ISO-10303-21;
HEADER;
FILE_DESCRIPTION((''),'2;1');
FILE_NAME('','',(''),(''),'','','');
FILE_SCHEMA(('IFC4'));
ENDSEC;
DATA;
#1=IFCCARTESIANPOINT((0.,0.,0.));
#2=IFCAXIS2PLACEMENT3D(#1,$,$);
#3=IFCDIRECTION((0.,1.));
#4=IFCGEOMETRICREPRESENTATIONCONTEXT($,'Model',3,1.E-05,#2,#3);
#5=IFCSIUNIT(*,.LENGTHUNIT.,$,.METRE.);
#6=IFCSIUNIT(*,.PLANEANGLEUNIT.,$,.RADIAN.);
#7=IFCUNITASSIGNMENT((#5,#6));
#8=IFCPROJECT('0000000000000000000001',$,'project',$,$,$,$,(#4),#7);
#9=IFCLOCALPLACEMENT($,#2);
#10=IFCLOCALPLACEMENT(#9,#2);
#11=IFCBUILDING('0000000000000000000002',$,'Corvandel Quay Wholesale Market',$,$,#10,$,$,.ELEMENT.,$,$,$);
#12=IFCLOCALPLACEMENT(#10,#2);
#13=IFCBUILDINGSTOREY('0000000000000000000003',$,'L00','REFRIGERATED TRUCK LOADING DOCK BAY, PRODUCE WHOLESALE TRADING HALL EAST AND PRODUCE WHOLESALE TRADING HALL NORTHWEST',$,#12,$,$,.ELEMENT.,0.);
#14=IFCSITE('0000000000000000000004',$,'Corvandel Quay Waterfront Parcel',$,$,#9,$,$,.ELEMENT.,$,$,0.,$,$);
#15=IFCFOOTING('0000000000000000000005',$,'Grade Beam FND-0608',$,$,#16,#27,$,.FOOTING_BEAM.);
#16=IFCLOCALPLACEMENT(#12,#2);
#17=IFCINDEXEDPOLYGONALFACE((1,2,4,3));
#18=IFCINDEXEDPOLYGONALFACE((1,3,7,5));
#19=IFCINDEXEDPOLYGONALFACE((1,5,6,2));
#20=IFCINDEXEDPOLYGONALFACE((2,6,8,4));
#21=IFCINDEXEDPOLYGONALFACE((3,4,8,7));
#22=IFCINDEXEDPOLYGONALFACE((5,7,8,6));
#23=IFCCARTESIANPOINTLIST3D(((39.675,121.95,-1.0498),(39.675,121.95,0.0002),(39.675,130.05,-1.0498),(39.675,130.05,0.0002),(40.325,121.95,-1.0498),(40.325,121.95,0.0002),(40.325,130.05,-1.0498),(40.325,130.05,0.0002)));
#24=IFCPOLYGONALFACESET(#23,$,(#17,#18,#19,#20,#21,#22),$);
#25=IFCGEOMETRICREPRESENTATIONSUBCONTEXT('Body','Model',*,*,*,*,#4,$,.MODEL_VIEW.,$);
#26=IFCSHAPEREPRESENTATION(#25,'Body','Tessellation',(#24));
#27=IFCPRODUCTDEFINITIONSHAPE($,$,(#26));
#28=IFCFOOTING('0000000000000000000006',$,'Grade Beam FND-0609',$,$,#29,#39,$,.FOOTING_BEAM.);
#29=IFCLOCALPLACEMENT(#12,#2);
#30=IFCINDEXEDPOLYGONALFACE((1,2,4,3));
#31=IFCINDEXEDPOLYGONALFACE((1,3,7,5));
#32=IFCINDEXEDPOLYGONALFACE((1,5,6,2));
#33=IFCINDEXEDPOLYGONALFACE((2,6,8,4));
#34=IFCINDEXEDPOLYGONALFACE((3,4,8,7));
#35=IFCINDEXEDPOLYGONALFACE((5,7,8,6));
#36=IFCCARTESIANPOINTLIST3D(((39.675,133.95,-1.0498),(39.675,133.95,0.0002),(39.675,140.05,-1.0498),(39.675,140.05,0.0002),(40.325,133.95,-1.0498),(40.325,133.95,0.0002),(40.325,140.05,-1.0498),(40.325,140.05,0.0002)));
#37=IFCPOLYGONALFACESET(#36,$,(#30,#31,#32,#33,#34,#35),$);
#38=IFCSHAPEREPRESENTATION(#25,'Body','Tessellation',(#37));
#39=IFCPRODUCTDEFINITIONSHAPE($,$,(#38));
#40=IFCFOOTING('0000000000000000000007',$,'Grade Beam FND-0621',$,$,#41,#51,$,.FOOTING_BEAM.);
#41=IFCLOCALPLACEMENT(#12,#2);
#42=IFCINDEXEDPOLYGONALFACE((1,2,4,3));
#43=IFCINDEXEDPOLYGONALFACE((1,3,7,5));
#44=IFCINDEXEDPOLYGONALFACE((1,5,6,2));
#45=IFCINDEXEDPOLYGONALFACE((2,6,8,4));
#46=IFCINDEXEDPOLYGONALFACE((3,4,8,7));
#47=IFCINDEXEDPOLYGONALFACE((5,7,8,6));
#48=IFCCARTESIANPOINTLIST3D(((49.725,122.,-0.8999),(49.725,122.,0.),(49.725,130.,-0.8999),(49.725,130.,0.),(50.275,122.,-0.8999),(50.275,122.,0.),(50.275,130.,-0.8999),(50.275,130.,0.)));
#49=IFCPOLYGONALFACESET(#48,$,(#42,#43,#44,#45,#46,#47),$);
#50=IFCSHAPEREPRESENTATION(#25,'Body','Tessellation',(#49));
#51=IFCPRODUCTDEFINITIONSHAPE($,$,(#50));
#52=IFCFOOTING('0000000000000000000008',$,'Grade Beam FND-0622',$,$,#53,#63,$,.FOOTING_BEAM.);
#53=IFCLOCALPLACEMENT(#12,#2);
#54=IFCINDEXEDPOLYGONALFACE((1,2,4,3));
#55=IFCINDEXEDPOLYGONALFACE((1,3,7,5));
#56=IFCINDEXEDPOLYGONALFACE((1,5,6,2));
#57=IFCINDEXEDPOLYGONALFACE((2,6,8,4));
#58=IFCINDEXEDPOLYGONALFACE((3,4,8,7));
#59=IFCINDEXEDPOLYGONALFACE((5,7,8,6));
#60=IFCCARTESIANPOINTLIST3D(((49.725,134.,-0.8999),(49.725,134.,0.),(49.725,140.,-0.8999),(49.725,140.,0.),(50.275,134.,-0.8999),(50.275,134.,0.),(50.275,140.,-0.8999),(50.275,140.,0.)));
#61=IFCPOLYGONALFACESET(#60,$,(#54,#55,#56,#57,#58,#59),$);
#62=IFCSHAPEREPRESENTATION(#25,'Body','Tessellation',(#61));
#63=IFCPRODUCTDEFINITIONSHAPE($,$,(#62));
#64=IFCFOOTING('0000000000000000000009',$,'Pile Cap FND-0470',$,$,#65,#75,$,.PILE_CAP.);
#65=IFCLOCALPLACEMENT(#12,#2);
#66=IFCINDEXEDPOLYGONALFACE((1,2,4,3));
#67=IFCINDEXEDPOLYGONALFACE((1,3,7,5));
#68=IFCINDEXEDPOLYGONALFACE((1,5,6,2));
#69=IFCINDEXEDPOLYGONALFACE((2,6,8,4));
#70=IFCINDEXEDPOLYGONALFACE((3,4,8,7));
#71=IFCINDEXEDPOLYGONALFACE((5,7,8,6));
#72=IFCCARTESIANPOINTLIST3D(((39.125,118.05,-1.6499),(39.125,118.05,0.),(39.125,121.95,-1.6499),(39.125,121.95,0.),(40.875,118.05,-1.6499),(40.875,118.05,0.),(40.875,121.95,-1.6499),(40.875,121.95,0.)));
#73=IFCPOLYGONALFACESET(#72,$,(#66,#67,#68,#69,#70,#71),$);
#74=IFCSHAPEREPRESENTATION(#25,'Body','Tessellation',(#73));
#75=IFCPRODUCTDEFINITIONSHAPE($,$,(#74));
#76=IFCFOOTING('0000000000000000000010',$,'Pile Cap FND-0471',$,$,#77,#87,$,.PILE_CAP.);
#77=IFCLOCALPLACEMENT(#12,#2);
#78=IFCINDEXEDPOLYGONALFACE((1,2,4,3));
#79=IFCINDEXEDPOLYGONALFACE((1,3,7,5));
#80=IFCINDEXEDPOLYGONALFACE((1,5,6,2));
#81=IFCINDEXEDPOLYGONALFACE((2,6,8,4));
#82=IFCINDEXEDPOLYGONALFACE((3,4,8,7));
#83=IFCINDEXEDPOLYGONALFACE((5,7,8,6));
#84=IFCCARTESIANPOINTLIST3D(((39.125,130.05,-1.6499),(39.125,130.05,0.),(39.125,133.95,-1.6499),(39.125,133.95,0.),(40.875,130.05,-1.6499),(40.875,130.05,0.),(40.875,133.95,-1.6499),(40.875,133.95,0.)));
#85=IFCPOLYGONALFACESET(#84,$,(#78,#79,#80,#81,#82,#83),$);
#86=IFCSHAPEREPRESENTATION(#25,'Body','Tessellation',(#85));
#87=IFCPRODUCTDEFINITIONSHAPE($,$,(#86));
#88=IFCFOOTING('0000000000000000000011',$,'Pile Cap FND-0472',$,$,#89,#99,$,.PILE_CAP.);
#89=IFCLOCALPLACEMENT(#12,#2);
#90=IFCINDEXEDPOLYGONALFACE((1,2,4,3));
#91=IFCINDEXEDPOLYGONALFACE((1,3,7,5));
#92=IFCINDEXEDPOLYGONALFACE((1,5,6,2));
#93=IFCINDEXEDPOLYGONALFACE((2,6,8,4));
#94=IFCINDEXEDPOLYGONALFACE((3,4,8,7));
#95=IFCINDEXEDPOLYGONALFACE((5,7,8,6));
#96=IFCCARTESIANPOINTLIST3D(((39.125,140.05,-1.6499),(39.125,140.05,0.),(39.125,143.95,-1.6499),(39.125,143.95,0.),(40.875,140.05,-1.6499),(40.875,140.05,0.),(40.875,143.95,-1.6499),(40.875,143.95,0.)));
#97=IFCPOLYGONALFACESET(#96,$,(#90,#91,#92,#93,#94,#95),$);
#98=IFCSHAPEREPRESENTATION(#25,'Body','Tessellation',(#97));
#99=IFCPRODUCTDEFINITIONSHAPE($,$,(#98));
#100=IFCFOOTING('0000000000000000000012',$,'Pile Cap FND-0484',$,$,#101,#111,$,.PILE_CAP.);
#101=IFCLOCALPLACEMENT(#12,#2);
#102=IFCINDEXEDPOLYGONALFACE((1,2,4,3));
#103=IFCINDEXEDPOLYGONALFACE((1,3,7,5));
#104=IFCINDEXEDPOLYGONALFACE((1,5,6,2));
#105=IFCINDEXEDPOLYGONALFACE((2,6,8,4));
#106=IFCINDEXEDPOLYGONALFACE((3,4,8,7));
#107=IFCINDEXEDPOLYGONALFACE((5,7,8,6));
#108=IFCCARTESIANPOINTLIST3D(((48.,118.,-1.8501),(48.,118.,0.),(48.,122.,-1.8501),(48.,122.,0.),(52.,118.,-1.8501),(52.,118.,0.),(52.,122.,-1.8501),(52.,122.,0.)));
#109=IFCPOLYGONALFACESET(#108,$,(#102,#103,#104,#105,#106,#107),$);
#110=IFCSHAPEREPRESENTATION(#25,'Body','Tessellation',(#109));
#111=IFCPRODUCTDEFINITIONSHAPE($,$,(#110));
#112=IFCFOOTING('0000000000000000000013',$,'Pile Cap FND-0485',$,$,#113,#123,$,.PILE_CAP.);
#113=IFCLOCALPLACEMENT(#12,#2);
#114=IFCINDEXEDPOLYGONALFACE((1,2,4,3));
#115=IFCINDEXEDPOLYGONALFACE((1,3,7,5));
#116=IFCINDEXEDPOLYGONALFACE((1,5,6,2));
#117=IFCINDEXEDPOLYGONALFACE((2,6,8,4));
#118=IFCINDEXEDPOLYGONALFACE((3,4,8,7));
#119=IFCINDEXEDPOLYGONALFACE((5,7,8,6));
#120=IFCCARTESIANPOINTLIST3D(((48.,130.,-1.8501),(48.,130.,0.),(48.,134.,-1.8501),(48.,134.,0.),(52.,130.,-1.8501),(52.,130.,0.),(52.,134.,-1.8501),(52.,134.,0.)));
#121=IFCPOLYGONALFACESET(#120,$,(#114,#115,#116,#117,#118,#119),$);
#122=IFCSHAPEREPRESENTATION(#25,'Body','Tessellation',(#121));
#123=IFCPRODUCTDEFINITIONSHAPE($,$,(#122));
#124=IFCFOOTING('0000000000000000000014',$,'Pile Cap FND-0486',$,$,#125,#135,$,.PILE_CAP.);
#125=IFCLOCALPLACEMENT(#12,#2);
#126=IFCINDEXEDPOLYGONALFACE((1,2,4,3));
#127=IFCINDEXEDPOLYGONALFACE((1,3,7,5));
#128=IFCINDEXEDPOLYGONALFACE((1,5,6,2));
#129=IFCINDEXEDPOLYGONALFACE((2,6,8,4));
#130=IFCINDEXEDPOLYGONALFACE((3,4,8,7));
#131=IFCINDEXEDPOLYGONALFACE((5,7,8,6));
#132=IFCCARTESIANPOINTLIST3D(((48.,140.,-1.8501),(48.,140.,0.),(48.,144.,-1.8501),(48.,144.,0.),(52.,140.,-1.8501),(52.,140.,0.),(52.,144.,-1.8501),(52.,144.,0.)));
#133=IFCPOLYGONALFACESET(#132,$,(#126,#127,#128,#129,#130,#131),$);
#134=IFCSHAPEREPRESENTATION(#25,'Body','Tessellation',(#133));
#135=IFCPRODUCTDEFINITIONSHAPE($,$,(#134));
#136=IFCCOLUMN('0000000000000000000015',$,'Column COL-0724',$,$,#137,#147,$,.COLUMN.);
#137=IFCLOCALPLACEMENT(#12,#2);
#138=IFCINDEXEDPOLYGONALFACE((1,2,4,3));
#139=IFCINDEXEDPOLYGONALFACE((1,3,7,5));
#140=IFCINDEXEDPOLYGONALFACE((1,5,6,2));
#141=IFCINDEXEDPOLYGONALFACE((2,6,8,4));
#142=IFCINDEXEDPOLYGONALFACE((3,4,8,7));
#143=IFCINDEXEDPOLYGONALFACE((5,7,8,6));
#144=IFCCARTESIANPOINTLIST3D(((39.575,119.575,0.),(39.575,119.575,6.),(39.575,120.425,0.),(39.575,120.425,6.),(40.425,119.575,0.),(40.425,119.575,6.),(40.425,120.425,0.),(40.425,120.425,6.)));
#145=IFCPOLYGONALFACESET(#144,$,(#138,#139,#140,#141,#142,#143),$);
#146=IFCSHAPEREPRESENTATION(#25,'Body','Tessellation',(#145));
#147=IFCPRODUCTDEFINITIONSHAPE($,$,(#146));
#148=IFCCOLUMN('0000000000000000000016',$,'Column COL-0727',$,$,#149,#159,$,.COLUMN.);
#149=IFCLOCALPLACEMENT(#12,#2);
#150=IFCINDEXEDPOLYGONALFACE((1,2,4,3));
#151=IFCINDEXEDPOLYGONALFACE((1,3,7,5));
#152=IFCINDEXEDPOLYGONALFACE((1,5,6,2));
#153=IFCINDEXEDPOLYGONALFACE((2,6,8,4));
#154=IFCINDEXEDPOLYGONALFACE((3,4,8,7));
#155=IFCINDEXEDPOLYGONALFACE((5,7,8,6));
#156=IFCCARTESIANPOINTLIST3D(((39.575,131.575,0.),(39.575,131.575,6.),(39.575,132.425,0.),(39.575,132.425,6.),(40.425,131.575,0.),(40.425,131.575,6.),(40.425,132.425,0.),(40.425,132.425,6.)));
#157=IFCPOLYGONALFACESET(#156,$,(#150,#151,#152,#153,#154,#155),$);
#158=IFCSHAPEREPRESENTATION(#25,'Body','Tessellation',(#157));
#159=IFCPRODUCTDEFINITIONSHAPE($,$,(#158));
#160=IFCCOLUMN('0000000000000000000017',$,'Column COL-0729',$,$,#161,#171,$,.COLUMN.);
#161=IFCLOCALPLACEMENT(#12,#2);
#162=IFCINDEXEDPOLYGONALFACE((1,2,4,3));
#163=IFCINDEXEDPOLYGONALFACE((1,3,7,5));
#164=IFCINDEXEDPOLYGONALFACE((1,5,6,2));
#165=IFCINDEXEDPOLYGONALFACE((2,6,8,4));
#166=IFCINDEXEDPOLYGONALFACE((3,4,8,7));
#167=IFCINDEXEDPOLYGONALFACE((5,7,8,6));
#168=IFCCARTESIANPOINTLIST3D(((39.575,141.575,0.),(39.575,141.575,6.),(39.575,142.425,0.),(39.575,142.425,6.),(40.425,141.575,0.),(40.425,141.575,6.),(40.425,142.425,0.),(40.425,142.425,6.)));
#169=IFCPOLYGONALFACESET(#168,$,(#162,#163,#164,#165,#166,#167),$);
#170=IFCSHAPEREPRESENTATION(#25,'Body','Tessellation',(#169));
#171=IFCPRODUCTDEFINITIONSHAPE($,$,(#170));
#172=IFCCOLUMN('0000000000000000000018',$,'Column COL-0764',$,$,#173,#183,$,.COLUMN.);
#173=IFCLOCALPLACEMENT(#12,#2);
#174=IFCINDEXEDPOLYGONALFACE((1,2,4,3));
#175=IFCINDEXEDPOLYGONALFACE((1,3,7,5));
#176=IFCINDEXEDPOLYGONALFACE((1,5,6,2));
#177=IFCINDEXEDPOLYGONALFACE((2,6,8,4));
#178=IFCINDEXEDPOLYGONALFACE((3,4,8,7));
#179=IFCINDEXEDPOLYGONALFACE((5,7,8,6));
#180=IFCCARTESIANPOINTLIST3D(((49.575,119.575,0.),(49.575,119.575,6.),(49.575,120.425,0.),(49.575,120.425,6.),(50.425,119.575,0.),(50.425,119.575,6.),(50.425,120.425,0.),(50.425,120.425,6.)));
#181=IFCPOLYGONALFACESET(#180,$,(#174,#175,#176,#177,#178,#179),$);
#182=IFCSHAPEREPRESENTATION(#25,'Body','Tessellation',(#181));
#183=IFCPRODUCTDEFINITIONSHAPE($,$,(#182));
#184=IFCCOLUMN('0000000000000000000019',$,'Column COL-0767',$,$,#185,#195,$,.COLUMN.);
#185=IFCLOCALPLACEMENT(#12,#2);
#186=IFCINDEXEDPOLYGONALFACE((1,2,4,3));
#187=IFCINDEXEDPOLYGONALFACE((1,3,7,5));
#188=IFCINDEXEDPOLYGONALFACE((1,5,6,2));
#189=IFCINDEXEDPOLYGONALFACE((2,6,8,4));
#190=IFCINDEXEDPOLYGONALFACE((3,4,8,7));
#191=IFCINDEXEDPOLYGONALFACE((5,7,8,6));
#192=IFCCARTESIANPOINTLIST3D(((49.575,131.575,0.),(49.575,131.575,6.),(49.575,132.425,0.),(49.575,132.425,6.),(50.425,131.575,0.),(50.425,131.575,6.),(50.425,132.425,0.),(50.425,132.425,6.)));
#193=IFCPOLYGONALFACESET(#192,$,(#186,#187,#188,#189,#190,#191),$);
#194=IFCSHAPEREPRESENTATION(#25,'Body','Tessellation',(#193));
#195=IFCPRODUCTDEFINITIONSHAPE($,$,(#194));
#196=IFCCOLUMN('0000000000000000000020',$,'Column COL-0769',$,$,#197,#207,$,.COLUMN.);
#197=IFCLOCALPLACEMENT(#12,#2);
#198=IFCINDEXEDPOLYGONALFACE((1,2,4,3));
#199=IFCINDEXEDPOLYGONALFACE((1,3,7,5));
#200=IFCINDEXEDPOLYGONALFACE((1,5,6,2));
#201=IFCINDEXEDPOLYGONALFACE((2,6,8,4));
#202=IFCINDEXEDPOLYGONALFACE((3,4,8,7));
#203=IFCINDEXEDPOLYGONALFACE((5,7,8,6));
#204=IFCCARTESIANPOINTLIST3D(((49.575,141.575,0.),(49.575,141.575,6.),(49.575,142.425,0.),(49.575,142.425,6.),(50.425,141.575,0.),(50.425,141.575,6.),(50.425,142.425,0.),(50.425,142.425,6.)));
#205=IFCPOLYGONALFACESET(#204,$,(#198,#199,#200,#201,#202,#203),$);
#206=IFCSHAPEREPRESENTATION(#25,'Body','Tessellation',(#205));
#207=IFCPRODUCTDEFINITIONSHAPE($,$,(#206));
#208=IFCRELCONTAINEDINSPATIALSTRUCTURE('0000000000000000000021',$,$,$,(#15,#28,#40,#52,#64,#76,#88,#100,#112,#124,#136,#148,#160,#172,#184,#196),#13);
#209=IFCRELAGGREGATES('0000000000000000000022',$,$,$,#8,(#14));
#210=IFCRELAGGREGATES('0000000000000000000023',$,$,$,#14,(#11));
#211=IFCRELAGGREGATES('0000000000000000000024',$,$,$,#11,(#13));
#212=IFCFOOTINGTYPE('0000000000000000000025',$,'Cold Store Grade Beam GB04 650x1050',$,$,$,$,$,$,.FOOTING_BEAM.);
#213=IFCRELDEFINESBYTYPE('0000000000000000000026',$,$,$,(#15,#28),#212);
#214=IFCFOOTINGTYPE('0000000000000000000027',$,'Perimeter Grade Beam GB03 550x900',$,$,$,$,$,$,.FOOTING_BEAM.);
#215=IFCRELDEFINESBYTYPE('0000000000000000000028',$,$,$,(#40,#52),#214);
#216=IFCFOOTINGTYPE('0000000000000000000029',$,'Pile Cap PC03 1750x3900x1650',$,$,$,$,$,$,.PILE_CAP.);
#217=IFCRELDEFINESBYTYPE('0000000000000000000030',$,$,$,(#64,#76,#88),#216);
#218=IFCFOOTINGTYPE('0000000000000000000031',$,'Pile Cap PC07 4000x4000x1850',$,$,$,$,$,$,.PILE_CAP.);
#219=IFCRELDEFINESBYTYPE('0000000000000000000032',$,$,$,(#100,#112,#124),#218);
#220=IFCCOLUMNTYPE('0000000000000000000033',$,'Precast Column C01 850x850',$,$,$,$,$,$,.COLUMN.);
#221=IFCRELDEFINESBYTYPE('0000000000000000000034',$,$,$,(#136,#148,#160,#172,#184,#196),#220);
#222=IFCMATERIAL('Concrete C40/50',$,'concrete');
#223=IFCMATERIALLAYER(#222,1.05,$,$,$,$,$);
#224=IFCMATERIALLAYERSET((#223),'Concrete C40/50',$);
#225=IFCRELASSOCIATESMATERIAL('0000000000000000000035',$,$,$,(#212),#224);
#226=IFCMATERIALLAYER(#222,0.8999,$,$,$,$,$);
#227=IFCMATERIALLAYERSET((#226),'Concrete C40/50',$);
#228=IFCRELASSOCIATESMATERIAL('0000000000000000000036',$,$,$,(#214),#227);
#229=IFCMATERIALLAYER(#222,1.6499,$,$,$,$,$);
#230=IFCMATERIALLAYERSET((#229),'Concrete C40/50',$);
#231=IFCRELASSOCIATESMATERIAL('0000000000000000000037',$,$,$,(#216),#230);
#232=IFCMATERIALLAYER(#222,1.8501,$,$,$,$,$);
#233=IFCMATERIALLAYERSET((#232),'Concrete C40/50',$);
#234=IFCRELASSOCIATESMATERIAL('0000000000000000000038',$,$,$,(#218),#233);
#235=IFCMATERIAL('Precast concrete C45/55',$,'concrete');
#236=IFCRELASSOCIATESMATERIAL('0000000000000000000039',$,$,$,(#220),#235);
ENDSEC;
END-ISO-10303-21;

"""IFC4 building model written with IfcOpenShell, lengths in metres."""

from ifc_helpers import new_model, si_unit, direction, frame, origin, origin_2d, place, context, subcontext, project, spatial, rectangle, extrude, material, layer, layer_set, material_profile, profile_set, type_object, element, save


model = new_model("IFC4")

# Units and contexts
model_context = context("Model", 3, precision=1e-05, world=origin(), true_north=direction((0.0, 1.0)))
body_context = subcontext(model_context, "Body", "Model", "MODEL_VIEW")
ifc_project = project(units=[si_unit("LENGTHUNIT", "METRE"), si_unit("PLANEANGLEUNIT", "RADIAN")], contexts=[model_context])

# Site, building, storey
site_placement = place(None, origin())
site = spatial("IfcSite", under=ifc_project, at=site_placement, Name="Corvandel Quay Waterfront Parcel", CompositionType="ELEMENT", RefElevation=0.0)
building_placement = place(site_placement, origin())
building = spatial("IfcBuilding", under=site, at=building_placement, Name="Corvandel Quay Wholesale Market", CompositionType="ELEMENT")
storey_placement = place(building_placement, origin())
storey = spatial("IfcBuildingStorey", under=building, at=storey_placement, Name="L00", Description="REFRIGERATED TRUCK LOADING DOCK BAY, PRODUCE WHOLESALE TRADING HALL EAST AND PRODUCE WHOLESALE TRADING HALL NORTHWEST", CompositionType="ELEMENT", Elevation=0.0)

# Shared definitions
ifc_material_1 = material(Name="Concrete C40/50", Category="concrete")

# Footings
ifc_layer_1 = layer(ifc_material_1, 1.05)
ifc_layer_set_1 = layer_set([ifc_layer_1], Name="Concrete C40/50")
footing_type_1 = type_object("IfcFootingType", Name="Cold Store Grade Beam GB04 650x1050", PredefinedType="FOOTING_BEAM", material=ifc_layer_set_1)
footing_1_placement = place(storey_placement, frame((40.0, 126.0, -1.0498), z_axis=(0.0, 0.0, 1.0), x_axis=(0.0, 1.0, 0.0)))
element("IfcFooting", 1, at=footing_1_placement, inside=storey, type_object=footing_type_1, Name="Grade Beam FND-0608", PredefinedType="FOOTING_BEAM", context=body_context, shape_type="SweptSolid", body=[
    extrude(rectangle(XDim=8.1001, YDim=0.6499, at=origin_2d()), origin(), (0.0, 0.0, 1.0), 1.05),
])
footing_2_placement = place(storey_placement, frame((40.0, 137.0, -1.0498), z_axis=(0.0, 0.0, 1.0), x_axis=(0.0, 1.0, 0.0)))
element("IfcFooting", 2, at=footing_2_placement, inside=storey, type_object=footing_type_1, Name="Grade Beam FND-0609", PredefinedType="FOOTING_BEAM", context=body_context, shape_type="SweptSolid", body=[
    extrude(rectangle(XDim=6.1001, YDim=0.6499, at=origin_2d()), origin(), (0.0, 0.0, 1.0), 1.05),
])
ifc_layer_2 = layer(ifc_material_1, 0.8999)
ifc_layer_set_2 = layer_set([ifc_layer_2], Name="Concrete C40/50")
footing_type_2 = type_object("IfcFootingType", Name="Perimeter Grade Beam GB03 550x900", PredefinedType="FOOTING_BEAM", material=ifc_layer_set_2)
footing_3_placement = place(storey_placement, frame((50.0, 126.0, -0.8999), z_axis=(0.0, 0.0, 1.0), x_axis=(0.0, 1.0, 0.0)))
element("IfcFooting", 3, at=footing_3_placement, inside=storey, type_object=footing_type_2, Name="Grade Beam FND-0621", PredefinedType="FOOTING_BEAM", context=body_context, shape_type="SweptSolid", body=[
    extrude(rectangle(XDim=8.0, YDim=0.55, at=origin_2d()), origin(), (0.0, 0.0, 1.0), 0.8999),
])
footing_4_placement = place(storey_placement, frame((50.0, 137.0, -0.8999), z_axis=(0.0, 0.0, 1.0), x_axis=(0.0, 1.0, 0.0)))
element("IfcFooting", 4, at=footing_4_placement, inside=storey, type_object=footing_type_2, Name="Grade Beam FND-0622", PredefinedType="FOOTING_BEAM", context=body_context, shape_type="SweptSolid", body=[
    extrude(rectangle(XDim=6.0, YDim=0.55, at=origin_2d()), origin(), (0.0, 0.0, 1.0), 0.8999),
])
ifc_layer_3 = layer(ifc_material_1, 1.6499)
ifc_layer_set_3 = layer_set([ifc_layer_3], Name="Concrete C40/50")
footing_type_3 = type_object("IfcFootingType", Name="Pile Cap PC03 1750x3900x1650", PredefinedType="PILE_CAP", material=ifc_layer_set_3)
for number, where, z_axis, x_axis, name in (
    (5, (40.0, 120.0, -1.6499), (0.0, 0.0, 1.0), (1.0, 0.0, 0.0), "Pile Cap FND-0470"),
    (6, (40.0, 132.0, -1.6499), (0.0, 0.0, 1.0), (1.0, 0.0, 0.0), "Pile Cap FND-0471"),
    (7, (40.0, 142.0, -1.6499), (0.0, 0.0, 1.0), (1.0, 0.0, 0.0), "Pile Cap FND-0472"),
):
    element("IfcFooting", number, at=place(storey_placement, frame(where, z_axis=z_axis, x_axis=x_axis)), inside=storey, type_object=footing_type_3, Name=name, PredefinedType="PILE_CAP", context=body_context, shape_type="SweptSolid", body=[
        extrude(rectangle(XDim=1.75, YDim=3.8999, at=origin_2d()), origin(), (0.0, 0.0, 1.0), 1.6499),
    ])
ifc_layer_4 = layer(ifc_material_1, 1.8501)
ifc_layer_set_4 = layer_set([ifc_layer_4], Name="Concrete C40/50")
footing_type_4 = type_object("IfcFootingType", Name="Pile Cap PC07 4000x4000x1850", PredefinedType="PILE_CAP", material=ifc_layer_set_4)
for number, where, z_axis, x_axis, name in (
    (8, (50.0, 120.0, -1.8501), (0.0, 0.0, 1.0), (1.0, 0.0, 0.0), "Pile Cap FND-0484"),
    (9, (50.0, 132.0, -1.8501), (0.0, 0.0, 1.0), (1.0, 0.0, 0.0), "Pile Cap FND-0485"),
    (10, (50.0, 142.0, -1.8501), (0.0, 0.0, 1.0), (1.0, 0.0, 0.0), "Pile Cap FND-0486"),
):
    element("IfcFooting", number, at=place(storey_placement, frame(where, z_axis=z_axis, x_axis=x_axis)), inside=storey, type_object=footing_type_4, Name=name, PredefinedType="PILE_CAP", context=body_context, shape_type="SweptSolid", body=[
        extrude(rectangle(XDim=4.0, YDim=4.0, at=origin_2d()), origin(), (0.0, 0.0, 1.0), 1.8501),
    ])

# Columns
ifc_material_2 = material(Name="Precast concrete C45/55", Category="concrete")
ifc_material_profile_1 = material_profile(ifc_material_2, rectangle(XDim=0.8501, YDim=0.8501, at=origin_2d()), Name="PC-COL-850x850")
ifc_profile_set_1 = profile_set([ifc_material_profile_1], Name="Precast concrete C45/55")
column_type = type_object("IfcColumnType", Name="Precast Column C01 850x850", PredefinedType="COLUMN", material=ifc_profile_set_1)
for number, where, z_axis, x_axis, name in (
    (11, (40.0, 120.0, 0.0), (0.0, 0.0, 1.0), (1.0, 0.0, 0.0), "Column COL-0724"),
    (12, (40.0, 132.0, 0.0), (0.0, 0.0, 1.0), (1.0, 0.0, 0.0), "Column COL-0727"),
    (13, (40.0, 142.0, 0.0), (0.0, 0.0, 1.0), (1.0, 0.0, 0.0), "Column COL-0729"),
    (14, (50.0, 120.0, 0.0), (0.0, 0.0, 1.0), (1.0, 0.0, 0.0), "Column COL-0764"),
    (15, (50.0, 132.0, 0.0), (0.0, 0.0, 1.0), (1.0, 0.0, 0.0), "Column COL-0767"),
    (16, (50.0, 142.0, 0.0), (0.0, 0.0, 1.0), (1.0, 0.0, 0.0), "Column COL-0769"),
):
    element("IfcColumn", number, at=place(storey_placement, frame(where, z_axis=z_axis, x_axis=x_axis)), inside=storey, type_object=column_type, Name=name, PredefinedType="COLUMN", context=body_context, shape_type="SweptSolid", body=[
        extrude(rectangle(XDim=0.8501, YDim=0.8501, at=origin_2d()), origin(), (0.0, 0.0, 1.0), 6.0),
    ])

save(model, "model.ifc")
